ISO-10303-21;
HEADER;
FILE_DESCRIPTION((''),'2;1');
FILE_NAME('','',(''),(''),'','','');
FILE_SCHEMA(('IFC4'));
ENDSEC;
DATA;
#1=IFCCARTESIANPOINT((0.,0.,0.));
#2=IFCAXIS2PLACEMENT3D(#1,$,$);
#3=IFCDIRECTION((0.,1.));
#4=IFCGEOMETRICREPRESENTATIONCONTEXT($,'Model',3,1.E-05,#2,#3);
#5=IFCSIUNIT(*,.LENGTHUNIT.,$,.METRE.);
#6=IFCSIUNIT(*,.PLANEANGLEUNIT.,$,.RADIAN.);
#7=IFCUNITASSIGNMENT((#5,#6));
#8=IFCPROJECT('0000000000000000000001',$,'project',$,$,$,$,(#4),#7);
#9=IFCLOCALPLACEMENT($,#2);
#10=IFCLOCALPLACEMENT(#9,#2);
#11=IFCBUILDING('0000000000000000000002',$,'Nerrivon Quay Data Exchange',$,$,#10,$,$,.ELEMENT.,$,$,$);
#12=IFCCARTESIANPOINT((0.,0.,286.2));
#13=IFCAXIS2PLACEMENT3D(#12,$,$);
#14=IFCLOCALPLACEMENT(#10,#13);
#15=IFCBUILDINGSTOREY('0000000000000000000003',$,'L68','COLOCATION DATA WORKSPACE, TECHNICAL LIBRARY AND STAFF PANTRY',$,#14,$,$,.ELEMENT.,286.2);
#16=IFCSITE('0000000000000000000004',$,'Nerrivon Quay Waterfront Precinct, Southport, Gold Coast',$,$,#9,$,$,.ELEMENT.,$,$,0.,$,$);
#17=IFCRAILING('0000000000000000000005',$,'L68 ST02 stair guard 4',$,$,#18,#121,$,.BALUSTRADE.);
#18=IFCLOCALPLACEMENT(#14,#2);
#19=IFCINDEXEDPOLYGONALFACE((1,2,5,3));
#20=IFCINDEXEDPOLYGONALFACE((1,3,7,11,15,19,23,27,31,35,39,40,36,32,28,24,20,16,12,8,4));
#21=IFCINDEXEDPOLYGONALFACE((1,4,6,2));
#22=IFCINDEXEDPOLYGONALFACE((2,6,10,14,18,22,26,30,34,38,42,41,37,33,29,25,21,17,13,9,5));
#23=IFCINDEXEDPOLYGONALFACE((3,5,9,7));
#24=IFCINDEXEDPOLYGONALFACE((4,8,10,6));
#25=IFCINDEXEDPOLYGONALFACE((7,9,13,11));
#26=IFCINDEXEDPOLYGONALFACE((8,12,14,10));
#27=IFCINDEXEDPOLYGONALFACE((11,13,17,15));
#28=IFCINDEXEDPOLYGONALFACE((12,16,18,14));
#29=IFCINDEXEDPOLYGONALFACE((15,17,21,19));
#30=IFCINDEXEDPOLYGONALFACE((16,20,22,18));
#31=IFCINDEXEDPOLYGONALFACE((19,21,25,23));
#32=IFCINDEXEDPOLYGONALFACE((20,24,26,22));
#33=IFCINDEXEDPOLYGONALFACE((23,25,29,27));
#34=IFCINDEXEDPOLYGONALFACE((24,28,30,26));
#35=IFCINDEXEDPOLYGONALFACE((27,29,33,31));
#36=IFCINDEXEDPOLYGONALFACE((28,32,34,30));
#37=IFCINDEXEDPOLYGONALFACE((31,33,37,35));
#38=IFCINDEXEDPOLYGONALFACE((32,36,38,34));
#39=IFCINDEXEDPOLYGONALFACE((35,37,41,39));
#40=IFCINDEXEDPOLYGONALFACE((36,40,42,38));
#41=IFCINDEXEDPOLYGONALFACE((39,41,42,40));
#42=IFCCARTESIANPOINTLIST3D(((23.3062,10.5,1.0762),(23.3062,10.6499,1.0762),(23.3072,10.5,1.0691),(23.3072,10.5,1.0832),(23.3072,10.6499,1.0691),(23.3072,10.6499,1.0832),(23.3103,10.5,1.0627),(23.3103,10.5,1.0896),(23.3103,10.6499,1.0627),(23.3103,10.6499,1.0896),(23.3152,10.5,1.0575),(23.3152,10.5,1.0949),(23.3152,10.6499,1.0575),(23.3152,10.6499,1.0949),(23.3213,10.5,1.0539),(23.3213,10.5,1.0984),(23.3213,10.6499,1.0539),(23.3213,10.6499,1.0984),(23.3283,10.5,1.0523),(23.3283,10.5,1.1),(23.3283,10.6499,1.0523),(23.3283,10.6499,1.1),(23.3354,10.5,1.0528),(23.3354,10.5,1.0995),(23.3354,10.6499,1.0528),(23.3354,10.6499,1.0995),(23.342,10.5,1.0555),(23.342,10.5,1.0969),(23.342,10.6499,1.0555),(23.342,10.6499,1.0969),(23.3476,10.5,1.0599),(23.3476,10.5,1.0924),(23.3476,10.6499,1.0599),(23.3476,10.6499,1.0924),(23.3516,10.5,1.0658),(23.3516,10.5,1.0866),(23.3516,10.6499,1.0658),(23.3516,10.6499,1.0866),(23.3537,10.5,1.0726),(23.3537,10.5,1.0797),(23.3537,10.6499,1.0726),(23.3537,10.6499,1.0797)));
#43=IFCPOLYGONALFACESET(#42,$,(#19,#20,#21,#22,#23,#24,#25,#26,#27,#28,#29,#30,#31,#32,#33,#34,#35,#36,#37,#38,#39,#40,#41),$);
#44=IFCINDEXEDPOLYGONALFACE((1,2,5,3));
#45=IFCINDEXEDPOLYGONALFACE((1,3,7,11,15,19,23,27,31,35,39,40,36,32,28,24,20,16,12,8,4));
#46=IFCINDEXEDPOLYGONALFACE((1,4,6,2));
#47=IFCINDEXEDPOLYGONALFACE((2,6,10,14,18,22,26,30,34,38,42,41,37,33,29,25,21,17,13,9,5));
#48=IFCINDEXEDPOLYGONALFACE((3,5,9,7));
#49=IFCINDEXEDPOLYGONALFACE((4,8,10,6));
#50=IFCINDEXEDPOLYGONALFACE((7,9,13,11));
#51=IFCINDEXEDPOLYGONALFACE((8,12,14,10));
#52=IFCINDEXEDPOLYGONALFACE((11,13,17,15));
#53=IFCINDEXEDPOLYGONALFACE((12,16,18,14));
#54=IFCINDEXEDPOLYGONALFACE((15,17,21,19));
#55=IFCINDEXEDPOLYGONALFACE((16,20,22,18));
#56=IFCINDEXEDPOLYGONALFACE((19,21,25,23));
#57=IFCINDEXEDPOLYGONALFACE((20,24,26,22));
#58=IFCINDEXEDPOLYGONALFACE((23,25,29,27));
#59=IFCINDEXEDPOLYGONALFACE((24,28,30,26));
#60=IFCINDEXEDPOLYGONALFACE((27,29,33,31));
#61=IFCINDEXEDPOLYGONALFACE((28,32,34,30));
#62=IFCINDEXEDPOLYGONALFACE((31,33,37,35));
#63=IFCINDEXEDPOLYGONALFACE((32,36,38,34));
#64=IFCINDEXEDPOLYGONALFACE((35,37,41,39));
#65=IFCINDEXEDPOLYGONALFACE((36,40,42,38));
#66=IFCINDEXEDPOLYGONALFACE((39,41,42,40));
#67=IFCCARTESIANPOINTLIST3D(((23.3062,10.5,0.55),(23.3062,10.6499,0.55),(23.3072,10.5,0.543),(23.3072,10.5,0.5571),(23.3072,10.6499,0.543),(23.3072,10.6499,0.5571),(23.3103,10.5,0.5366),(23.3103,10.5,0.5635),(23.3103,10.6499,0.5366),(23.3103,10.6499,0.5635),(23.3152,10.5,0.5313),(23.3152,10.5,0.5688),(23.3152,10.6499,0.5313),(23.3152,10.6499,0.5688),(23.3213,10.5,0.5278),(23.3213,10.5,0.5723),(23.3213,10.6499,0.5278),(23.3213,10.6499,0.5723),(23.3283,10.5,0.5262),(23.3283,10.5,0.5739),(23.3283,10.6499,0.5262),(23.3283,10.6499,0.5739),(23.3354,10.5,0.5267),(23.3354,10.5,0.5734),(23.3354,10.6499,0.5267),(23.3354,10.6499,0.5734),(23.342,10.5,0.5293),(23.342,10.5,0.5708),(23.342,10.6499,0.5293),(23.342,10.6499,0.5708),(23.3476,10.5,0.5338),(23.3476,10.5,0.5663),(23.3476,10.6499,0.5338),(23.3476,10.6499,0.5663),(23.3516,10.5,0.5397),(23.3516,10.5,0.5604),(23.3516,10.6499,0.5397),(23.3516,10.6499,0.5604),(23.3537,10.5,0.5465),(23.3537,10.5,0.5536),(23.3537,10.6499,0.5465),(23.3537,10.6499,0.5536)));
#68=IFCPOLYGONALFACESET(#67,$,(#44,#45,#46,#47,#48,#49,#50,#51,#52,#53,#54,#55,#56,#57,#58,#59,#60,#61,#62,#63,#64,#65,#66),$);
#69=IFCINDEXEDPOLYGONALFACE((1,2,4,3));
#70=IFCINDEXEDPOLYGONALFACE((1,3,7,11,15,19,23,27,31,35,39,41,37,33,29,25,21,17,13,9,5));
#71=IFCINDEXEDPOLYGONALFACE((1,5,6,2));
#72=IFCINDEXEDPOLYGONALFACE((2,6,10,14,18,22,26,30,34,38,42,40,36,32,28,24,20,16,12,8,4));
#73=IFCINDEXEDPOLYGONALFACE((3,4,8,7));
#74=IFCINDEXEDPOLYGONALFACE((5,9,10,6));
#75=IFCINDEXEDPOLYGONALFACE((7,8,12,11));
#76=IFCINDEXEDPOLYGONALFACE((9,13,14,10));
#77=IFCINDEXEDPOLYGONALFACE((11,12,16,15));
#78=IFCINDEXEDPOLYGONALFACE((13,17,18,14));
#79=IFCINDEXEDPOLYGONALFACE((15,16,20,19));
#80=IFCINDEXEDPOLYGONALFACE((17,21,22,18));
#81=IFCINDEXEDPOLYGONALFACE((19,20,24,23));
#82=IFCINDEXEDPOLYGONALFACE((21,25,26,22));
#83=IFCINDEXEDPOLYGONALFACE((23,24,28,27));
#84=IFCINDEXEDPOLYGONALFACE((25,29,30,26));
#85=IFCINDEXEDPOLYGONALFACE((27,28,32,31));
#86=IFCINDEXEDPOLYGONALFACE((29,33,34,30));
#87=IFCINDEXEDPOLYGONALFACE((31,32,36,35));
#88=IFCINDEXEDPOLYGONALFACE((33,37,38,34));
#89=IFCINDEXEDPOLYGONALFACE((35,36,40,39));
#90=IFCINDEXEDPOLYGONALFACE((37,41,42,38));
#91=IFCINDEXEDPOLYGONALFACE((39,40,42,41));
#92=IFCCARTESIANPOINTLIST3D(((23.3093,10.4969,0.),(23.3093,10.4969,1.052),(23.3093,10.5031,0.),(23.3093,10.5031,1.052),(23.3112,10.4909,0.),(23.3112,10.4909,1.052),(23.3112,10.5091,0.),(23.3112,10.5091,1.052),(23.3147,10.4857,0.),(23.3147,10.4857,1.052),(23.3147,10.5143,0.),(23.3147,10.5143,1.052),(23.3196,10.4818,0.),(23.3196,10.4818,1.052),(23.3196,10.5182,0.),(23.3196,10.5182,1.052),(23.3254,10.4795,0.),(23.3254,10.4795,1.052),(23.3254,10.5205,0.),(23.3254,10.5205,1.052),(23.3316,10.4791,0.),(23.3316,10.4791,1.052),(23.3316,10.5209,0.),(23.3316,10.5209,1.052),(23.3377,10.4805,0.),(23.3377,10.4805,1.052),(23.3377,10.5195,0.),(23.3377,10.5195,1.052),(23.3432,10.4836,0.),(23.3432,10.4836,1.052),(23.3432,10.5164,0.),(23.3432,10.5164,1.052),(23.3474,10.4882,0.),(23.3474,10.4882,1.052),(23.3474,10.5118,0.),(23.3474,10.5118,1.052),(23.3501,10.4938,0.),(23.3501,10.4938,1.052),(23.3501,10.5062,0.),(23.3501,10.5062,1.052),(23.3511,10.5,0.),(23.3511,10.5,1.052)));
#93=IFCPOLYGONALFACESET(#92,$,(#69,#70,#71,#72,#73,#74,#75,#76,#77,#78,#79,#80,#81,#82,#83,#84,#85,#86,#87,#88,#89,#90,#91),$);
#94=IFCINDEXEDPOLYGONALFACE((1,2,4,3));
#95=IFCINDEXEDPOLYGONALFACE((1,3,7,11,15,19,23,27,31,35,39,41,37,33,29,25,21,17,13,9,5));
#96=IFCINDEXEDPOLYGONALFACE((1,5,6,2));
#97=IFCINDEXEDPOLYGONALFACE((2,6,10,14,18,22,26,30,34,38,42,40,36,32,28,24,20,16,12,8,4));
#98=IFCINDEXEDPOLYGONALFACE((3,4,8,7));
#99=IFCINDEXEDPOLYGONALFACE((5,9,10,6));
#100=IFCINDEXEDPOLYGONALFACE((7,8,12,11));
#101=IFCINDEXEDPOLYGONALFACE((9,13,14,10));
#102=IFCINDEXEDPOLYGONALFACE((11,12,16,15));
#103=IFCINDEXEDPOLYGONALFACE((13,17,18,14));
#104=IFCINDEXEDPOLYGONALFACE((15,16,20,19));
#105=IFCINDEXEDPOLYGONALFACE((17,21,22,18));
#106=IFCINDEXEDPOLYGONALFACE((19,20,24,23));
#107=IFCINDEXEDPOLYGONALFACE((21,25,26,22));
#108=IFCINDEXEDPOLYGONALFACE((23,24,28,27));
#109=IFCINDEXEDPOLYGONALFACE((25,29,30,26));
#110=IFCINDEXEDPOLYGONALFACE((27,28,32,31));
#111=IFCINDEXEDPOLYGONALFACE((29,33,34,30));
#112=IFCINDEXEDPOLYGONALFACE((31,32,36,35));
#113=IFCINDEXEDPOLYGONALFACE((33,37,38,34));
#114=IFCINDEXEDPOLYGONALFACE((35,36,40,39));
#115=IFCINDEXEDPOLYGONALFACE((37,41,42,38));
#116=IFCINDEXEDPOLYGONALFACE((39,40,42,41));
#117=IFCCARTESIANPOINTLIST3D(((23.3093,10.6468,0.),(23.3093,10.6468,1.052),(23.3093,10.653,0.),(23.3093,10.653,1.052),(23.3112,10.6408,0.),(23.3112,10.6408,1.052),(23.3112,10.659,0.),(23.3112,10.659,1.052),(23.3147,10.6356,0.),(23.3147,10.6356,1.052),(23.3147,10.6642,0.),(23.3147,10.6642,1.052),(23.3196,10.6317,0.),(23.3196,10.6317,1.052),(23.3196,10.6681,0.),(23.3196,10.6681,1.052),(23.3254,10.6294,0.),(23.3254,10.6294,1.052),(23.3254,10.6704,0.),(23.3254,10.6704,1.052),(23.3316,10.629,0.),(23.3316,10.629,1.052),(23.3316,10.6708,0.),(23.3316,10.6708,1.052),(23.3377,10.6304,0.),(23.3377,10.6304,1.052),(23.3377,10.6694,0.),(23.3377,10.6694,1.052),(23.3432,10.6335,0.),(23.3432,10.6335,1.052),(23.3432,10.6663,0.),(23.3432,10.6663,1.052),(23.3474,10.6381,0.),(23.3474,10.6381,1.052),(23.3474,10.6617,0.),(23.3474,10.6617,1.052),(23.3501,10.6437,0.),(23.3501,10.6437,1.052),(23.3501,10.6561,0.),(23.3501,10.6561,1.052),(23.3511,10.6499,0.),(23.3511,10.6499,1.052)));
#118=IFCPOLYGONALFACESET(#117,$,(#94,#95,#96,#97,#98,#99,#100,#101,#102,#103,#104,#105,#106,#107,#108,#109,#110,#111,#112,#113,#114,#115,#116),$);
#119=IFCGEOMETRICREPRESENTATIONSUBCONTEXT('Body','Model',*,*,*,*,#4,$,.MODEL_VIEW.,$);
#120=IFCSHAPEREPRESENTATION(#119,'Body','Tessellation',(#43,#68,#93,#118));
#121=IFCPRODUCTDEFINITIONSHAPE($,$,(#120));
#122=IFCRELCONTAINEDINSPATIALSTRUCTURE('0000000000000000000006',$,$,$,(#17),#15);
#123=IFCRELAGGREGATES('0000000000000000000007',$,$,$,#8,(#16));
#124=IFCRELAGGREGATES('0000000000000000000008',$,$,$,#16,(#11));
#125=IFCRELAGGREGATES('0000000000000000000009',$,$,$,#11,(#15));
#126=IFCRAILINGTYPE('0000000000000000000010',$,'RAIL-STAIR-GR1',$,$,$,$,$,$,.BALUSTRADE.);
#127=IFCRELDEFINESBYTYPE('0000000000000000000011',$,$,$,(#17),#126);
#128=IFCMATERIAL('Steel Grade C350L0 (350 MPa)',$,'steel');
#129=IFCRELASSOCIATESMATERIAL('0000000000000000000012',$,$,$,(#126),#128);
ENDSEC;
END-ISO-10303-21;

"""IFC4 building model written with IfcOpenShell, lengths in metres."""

from ifc_helpers import new_model, si_unit, direction, frame, origin, origin_2d, place, context, subcontext, project, spatial, circle, extrude, material, type_object, element, save


model = new_model("IFC4")

# Units and contexts
model_context = context("Model", 3, precision=1e-05, world=origin(), true_north=direction((0.0, 1.0)))
body_context = subcontext(model_context, "Body", "Model", "MODEL_VIEW")
ifc_project = project(units=[si_unit("LENGTHUNIT", "METRE"), si_unit("PLANEANGLEUNIT", "RADIAN")], contexts=[model_context])

# Site, building, storey
site_placement = place(None, origin())
site = spatial("IfcSite", under=ifc_project, at=site_placement, Name="Nerrivon Quay Waterfront Precinct, Southport, Gold Coast", CompositionType="ELEMENT", RefElevation=0.0)
building_placement = place(site_placement, origin())
building = spatial("IfcBuilding", under=site, at=building_placement, Name="Nerrivon Quay Data Exchange", CompositionType="ELEMENT")
storey_placement = place(building_placement, frame((0.0, 0.0, 286.2)))
storey = spatial("IfcBuildingStorey", under=building, at=storey_placement, Name="L68", Description="COLOCATION DATA WORKSPACE, TECHNICAL LIBRARY AND STAFF PANTRY", CompositionType="ELEMENT", Elevation=286.2)

# Railing
ifc_material_1 = material(Name="Steel Grade C350L0 (350 MPa)", Category="steel")
railing_type_1 = type_object("IfcRailingType", Name="RAIL-STAIR-GR1", PredefinedType="BALUSTRADE", material=ifc_material_1)
railing_1_placement = place(storey_placement, frame((23.3301, 10.5, 0.0)))
element("IfcRailing", 1, at=railing_1_placement, inside=storey, type_object=railing_type_1, Name="L68 ST02 stair guard 4", PredefinedType="BALUSTRADE", context=body_context, shape_type="SweptSolid", body=[
    extrude(circle(Radius=0.0239, at=origin_2d()), frame((0.0, 0.0, 1.0762), z_axis=(0.0, 1.0, 0.0), x_axis=(-1.0, 0.0, 0.0)), (0.0, 0.0, 1.0), 0.1499),
    extrude(circle(Radius=0.0239, at=origin_2d()), frame((0.0, 0.0, 0.55), z_axis=(0.0, 1.0, 0.0), x_axis=(-1.0, 0.0, 0.0)), (0.0, 0.0, 1.0), 0.1499),
    extrude(circle(Radius=0.021, at=origin_2d()), origin(), (0.0, 0.0, 1.0), 1.052),
    extrude(circle(Radius=0.021, at=origin_2d()), frame((0.0, 0.1499, 0.0)), (0.0, 0.0, 1.0), 1.052),
])

save(model, "model.ifc")
